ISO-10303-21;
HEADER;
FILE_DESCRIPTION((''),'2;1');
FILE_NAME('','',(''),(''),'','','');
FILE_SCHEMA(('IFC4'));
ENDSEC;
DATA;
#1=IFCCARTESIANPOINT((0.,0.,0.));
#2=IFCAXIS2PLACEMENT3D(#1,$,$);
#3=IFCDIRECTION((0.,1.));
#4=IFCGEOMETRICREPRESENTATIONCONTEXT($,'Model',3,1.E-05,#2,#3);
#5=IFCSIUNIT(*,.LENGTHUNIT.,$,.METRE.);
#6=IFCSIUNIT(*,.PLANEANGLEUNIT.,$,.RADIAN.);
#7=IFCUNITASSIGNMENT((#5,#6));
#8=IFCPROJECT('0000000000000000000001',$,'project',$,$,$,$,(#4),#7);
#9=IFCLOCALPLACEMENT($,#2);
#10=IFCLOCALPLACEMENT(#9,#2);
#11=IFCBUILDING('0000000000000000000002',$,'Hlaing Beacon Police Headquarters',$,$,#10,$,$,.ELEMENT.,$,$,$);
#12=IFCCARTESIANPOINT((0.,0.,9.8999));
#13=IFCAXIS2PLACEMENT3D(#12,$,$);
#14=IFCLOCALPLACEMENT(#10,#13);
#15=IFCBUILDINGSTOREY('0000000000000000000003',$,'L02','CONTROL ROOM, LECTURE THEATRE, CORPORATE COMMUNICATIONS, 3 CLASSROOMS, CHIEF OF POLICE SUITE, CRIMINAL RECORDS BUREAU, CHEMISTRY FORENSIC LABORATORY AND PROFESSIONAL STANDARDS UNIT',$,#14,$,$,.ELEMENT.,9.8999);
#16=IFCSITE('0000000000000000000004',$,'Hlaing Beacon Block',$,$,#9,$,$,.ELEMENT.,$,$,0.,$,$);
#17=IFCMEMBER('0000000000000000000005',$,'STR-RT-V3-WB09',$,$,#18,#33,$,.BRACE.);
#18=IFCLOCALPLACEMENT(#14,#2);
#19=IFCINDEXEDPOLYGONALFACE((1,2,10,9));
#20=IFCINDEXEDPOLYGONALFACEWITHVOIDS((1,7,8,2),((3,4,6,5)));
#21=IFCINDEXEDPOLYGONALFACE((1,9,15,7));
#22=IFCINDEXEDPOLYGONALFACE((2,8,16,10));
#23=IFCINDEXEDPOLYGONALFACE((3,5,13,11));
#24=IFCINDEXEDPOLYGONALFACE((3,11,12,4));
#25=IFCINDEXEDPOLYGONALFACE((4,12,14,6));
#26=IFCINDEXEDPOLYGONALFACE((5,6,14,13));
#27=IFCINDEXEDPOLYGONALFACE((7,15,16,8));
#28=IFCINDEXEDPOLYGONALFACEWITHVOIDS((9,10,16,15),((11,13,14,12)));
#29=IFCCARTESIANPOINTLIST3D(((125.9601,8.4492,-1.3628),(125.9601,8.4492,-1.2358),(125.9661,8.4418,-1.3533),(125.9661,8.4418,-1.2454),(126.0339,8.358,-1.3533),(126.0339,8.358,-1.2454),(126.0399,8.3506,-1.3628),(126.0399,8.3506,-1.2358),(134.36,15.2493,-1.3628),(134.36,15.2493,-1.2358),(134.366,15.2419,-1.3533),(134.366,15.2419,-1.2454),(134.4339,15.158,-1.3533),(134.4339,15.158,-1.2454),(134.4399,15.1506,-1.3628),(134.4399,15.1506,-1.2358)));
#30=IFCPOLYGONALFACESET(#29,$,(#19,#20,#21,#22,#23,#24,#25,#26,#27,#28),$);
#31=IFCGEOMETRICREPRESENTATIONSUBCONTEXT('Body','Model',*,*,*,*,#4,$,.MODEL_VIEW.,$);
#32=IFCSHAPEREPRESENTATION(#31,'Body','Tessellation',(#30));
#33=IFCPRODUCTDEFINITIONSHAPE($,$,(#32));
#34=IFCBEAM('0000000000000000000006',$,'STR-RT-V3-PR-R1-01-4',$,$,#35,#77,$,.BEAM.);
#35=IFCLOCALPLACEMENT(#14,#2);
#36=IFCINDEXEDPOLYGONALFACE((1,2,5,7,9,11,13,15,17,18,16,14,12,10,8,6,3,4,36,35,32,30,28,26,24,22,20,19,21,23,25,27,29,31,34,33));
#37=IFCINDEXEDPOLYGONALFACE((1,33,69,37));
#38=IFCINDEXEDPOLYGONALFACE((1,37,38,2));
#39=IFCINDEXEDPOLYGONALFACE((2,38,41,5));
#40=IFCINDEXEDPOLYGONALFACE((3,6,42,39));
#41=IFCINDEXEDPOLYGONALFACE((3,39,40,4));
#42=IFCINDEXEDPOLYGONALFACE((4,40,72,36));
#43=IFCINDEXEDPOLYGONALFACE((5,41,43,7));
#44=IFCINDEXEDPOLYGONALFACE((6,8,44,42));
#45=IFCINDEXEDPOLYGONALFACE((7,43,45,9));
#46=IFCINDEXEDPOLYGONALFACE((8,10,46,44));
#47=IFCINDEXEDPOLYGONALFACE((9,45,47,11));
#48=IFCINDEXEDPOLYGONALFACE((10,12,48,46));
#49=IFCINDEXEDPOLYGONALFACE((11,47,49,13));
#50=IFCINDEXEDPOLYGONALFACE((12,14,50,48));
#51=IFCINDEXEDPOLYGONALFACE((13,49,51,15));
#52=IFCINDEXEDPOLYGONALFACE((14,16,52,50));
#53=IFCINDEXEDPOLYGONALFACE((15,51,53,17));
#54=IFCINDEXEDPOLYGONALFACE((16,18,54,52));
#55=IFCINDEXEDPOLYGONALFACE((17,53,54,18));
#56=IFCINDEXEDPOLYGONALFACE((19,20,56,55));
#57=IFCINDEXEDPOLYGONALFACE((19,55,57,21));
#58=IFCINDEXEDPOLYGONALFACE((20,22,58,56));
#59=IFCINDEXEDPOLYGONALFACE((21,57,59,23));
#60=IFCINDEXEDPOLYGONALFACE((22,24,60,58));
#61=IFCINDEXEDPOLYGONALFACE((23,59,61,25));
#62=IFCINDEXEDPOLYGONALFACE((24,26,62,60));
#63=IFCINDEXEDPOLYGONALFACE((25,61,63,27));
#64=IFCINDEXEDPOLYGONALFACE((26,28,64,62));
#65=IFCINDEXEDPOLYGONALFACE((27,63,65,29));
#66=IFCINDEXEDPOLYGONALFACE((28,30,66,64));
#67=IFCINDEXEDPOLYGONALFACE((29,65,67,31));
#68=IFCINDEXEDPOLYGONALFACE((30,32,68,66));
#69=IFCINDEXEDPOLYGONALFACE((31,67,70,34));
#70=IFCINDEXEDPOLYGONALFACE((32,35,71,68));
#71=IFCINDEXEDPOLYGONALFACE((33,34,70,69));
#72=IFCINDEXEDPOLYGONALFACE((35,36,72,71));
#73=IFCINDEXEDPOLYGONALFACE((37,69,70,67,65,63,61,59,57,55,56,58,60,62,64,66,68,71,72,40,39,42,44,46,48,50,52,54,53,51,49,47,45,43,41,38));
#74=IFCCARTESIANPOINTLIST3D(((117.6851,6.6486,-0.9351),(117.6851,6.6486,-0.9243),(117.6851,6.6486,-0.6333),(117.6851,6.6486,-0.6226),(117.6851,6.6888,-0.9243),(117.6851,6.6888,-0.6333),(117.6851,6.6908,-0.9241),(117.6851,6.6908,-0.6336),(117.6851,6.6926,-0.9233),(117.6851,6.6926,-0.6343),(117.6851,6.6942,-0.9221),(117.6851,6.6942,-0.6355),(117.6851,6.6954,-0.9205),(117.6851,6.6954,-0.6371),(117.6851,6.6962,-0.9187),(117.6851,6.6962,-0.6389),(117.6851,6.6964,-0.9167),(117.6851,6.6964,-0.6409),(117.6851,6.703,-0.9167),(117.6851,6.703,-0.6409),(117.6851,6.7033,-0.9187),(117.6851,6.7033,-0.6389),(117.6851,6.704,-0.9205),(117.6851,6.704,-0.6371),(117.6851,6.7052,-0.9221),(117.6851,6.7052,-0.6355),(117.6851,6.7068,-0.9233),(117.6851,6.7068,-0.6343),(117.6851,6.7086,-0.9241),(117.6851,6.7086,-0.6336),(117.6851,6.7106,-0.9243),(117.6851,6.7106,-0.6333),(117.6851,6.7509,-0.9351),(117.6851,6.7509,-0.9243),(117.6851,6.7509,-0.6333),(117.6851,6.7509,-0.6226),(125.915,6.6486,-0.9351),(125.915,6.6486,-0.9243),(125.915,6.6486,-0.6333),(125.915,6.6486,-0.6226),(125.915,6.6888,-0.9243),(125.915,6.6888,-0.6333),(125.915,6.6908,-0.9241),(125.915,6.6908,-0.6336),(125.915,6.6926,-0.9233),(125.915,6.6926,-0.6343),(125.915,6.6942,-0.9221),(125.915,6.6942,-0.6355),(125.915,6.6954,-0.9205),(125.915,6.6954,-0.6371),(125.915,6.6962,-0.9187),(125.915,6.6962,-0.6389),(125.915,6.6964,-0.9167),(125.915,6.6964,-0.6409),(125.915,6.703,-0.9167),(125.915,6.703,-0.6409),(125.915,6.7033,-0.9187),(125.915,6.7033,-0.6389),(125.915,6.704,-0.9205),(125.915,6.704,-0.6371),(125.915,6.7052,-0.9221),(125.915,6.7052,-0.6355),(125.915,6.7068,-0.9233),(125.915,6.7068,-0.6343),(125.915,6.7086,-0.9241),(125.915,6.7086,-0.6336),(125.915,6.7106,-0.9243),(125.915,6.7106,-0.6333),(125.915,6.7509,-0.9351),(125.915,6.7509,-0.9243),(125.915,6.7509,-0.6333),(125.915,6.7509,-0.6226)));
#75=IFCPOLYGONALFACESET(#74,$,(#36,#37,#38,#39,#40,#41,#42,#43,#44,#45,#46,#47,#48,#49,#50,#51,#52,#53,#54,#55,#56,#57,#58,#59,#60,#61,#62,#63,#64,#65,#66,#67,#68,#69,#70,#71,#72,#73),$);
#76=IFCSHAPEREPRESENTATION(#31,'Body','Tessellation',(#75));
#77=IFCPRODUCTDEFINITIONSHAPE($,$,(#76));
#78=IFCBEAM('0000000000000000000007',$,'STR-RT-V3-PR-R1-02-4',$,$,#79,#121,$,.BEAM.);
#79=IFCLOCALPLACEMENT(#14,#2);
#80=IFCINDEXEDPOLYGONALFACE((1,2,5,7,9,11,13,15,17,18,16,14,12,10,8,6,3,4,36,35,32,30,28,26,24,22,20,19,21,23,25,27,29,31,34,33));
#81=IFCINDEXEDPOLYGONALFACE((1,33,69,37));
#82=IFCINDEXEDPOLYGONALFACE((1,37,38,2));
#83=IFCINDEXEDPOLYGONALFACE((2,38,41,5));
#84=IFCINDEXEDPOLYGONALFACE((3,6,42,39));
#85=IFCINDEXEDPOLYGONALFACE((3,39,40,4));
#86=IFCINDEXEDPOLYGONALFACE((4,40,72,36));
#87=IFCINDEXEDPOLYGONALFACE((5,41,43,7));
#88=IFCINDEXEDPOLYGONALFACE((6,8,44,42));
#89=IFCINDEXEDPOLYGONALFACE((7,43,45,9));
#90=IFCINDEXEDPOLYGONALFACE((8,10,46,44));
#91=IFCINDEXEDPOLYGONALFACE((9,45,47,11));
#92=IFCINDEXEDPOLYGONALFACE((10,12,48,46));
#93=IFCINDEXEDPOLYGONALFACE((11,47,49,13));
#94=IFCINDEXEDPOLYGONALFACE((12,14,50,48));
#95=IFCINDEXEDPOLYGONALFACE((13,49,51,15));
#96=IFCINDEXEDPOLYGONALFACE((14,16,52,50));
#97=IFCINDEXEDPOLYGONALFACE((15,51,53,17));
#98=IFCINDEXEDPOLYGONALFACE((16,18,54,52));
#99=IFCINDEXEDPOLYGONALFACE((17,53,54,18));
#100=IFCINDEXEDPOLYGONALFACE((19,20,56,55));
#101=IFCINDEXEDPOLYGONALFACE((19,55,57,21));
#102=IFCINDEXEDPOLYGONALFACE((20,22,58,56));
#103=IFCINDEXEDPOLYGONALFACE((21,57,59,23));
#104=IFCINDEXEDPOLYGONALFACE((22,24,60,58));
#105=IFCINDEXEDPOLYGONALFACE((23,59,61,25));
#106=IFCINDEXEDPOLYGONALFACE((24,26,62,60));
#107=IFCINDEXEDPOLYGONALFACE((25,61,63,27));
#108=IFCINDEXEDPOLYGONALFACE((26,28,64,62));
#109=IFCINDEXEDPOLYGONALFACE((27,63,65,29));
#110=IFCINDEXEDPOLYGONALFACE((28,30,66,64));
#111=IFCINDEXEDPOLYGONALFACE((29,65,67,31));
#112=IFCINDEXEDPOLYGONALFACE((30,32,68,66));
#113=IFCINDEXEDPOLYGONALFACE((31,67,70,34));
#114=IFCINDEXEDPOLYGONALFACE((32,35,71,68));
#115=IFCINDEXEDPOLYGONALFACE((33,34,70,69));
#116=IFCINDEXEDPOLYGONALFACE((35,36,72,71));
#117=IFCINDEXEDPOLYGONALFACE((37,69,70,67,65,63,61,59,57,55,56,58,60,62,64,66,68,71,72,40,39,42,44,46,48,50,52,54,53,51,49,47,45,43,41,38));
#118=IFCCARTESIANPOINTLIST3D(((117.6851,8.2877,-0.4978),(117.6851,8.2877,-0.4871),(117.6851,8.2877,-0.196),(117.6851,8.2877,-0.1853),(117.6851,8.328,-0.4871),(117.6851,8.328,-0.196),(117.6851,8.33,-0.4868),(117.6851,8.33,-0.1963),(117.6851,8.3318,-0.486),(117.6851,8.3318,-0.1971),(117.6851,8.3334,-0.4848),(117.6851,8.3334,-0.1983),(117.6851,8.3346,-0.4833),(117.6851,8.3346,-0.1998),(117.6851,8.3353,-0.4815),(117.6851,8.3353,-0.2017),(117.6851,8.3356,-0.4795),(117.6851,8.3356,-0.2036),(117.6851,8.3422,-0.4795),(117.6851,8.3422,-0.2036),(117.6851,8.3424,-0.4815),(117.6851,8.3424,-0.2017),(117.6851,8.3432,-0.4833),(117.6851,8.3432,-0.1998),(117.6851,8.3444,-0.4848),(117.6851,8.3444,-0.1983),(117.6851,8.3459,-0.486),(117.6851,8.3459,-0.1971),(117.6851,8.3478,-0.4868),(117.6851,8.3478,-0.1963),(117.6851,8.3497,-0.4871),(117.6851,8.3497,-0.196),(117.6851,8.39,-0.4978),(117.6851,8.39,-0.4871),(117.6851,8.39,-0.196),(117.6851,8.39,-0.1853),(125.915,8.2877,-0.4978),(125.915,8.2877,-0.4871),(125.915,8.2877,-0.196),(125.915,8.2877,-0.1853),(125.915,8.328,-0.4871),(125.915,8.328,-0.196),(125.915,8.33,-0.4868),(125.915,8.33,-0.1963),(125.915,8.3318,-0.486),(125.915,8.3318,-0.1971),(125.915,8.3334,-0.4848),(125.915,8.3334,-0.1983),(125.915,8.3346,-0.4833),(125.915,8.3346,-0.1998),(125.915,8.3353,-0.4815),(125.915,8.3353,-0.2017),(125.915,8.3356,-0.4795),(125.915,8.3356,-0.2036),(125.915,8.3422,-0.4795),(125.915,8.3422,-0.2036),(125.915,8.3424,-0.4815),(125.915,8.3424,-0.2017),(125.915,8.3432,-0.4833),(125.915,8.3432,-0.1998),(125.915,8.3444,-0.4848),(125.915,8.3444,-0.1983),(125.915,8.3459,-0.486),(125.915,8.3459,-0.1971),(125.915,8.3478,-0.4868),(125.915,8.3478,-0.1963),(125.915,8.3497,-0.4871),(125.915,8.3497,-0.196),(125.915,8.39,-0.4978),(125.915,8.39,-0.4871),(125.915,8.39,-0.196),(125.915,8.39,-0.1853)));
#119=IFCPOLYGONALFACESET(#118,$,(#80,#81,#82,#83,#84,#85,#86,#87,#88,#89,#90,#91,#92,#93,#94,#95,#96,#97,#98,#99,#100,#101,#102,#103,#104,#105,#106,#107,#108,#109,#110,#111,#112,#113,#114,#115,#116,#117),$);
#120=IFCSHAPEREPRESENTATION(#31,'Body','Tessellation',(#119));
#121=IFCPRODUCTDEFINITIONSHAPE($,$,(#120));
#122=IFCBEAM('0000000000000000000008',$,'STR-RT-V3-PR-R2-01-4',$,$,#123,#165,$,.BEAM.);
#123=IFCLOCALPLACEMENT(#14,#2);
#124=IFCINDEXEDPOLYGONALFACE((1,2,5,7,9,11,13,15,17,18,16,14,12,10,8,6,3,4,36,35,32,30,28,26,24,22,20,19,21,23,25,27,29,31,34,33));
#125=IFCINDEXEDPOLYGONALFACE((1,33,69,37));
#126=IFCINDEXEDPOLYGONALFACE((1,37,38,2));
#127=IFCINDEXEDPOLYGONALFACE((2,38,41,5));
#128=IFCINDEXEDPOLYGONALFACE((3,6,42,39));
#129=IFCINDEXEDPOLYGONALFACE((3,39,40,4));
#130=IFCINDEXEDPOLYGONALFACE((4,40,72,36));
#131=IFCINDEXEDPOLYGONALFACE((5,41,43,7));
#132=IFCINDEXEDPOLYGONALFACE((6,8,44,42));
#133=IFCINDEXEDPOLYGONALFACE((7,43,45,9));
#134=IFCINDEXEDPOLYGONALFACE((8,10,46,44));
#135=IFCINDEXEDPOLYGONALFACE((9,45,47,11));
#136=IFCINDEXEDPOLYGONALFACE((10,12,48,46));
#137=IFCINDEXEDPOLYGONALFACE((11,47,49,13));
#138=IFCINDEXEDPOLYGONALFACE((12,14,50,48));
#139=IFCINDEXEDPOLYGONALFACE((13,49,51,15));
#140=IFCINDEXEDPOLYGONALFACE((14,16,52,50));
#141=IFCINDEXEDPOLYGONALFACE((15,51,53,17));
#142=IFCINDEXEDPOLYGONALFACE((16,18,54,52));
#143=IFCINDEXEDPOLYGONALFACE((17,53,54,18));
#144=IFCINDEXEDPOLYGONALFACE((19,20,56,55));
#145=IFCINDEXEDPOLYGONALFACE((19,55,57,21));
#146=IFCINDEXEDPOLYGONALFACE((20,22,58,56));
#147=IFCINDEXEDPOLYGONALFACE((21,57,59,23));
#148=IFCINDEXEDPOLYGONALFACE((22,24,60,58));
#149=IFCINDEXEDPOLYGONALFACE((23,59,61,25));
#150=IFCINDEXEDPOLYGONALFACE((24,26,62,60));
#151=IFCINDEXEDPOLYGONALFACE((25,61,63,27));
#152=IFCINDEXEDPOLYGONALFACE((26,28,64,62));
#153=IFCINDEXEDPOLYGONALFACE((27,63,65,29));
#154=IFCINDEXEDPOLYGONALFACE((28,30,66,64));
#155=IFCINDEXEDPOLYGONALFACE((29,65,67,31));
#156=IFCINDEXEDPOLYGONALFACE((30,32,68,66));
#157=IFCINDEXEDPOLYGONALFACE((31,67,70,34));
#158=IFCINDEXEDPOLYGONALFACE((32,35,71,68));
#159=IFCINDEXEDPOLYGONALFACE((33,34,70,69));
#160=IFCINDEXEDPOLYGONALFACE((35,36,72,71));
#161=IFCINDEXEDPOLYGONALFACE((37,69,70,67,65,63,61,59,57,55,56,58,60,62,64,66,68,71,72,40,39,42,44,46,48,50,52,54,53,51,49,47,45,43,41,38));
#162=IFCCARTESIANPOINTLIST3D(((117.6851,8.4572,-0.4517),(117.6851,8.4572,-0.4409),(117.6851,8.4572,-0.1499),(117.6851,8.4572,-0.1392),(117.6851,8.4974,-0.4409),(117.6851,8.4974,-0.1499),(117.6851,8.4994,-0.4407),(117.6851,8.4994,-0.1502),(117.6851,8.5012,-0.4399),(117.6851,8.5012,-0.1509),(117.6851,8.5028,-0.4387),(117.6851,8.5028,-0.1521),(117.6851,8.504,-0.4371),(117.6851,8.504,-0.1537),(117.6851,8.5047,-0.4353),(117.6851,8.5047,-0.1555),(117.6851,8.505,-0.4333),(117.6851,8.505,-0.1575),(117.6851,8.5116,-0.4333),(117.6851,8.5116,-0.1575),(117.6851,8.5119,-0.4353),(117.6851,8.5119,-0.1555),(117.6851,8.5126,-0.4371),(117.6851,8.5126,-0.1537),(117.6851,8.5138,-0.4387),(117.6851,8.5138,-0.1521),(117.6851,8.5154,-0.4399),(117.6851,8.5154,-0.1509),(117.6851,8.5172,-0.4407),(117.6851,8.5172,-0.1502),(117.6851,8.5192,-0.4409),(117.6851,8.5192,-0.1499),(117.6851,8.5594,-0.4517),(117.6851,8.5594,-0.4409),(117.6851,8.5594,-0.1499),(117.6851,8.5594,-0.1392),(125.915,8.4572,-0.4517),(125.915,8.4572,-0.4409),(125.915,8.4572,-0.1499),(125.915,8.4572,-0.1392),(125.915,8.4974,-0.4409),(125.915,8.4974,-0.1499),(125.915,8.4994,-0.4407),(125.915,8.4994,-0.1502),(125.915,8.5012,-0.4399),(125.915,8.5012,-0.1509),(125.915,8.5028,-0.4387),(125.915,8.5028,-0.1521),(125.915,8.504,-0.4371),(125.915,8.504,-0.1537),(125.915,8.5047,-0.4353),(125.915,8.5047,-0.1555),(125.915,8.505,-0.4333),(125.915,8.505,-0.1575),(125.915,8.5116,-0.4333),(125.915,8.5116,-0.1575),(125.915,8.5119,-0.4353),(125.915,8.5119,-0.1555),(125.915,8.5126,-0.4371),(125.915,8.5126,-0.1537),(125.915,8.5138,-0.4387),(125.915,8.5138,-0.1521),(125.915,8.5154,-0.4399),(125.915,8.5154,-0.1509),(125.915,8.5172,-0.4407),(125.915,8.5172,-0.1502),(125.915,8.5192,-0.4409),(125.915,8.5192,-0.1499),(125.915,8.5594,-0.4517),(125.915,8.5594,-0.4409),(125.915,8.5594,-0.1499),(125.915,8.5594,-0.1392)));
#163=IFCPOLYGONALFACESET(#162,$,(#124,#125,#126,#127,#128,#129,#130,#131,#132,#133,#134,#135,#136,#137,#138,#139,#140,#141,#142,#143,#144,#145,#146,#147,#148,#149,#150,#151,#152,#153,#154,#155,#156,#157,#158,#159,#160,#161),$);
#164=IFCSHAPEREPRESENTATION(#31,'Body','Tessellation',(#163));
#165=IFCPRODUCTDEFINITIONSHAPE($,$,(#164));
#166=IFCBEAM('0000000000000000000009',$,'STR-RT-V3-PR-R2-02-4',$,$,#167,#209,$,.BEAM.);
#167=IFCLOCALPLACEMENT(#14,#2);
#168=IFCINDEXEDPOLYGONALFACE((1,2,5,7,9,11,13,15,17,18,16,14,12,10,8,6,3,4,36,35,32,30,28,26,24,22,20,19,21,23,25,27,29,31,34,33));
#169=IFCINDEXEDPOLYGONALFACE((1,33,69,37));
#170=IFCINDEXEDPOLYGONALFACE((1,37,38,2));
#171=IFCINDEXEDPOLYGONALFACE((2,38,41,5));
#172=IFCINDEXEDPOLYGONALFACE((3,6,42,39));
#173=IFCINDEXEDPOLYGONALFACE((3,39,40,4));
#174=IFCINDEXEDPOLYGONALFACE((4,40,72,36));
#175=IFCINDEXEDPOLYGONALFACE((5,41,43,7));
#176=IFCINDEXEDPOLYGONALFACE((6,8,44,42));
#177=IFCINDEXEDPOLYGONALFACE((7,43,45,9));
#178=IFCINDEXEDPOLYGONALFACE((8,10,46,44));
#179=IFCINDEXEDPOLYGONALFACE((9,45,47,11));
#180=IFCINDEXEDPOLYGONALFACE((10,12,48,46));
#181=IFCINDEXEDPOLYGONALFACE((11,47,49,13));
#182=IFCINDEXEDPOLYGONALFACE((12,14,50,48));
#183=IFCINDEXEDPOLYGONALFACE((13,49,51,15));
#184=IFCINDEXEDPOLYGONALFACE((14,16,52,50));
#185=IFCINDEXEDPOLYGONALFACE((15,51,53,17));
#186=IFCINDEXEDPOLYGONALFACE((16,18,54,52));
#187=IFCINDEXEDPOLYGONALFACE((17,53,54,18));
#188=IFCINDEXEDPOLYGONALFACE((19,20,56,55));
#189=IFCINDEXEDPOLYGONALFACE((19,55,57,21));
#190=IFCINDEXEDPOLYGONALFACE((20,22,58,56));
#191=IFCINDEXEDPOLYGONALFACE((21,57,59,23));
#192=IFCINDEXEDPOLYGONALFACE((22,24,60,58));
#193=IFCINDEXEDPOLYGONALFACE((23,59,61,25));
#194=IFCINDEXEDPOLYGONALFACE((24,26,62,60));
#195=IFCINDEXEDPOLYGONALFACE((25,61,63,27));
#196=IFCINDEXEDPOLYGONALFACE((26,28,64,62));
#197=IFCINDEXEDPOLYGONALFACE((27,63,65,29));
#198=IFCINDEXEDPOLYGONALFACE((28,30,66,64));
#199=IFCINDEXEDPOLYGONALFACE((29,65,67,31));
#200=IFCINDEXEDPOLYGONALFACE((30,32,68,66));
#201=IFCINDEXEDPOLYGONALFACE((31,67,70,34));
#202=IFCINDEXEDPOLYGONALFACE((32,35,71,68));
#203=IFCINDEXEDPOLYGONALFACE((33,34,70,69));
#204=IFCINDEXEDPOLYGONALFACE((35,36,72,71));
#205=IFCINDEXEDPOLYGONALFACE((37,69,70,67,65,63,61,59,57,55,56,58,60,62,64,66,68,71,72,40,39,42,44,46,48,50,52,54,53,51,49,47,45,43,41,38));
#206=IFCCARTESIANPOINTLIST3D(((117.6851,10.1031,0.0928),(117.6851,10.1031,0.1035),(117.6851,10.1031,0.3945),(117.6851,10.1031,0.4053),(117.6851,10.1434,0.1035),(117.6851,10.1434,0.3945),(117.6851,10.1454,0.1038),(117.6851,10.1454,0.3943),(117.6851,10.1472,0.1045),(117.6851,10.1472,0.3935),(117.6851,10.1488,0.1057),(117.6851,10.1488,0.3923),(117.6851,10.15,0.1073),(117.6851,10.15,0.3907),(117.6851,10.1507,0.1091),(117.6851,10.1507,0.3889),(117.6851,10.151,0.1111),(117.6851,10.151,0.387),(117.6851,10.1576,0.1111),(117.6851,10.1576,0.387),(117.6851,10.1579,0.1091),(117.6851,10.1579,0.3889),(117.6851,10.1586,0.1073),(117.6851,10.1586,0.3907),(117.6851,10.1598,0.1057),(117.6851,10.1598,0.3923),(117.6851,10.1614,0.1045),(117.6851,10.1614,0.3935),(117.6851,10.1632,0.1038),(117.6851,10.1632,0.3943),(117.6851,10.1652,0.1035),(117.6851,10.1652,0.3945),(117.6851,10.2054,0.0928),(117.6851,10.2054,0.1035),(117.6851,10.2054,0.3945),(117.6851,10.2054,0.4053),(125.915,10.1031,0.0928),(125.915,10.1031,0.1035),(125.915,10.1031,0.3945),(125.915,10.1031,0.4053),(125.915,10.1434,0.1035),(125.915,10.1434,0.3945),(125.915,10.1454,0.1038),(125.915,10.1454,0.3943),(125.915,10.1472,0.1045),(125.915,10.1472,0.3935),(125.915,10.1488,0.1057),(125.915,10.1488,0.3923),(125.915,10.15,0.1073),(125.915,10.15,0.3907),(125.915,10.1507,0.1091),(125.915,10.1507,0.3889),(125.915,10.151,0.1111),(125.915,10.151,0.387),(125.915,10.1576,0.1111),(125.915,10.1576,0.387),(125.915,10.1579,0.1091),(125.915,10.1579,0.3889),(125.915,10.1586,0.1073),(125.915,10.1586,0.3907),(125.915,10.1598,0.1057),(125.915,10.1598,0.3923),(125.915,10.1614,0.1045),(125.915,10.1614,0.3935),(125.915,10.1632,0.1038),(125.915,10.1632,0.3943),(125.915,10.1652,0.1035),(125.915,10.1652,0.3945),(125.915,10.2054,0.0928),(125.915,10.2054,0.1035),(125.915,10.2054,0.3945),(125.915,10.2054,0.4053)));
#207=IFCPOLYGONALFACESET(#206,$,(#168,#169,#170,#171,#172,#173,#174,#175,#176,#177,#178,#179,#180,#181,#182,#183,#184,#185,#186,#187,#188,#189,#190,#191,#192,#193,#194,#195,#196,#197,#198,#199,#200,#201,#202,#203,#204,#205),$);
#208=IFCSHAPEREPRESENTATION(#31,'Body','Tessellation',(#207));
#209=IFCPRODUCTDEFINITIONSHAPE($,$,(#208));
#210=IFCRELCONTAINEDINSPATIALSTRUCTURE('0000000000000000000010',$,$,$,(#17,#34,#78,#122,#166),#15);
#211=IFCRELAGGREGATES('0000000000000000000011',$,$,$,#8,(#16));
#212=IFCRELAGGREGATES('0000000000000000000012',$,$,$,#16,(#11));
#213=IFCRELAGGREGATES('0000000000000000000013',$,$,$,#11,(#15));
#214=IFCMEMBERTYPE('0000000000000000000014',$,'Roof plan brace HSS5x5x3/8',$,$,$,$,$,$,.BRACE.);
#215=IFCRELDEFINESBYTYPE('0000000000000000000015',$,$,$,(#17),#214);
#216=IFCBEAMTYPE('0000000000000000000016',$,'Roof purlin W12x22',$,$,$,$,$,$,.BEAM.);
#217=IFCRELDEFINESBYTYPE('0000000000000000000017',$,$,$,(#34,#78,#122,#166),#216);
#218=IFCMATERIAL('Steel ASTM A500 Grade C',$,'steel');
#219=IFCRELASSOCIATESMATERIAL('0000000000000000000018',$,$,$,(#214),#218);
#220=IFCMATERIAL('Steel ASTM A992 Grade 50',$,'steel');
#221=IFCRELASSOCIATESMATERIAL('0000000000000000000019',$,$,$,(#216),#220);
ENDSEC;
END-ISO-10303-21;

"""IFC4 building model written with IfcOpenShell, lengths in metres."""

from ifc_helpers import new_model, si_unit, direction, frame, origin, origin_2d, place, context, subcontext, project, spatial, hollow_rectangle, i_section, extrude, material, material_profile, profile_set, type_object, element, save


model = new_model("IFC4")

# Units and contexts
model_context = context("Model", 3, precision=1e-05, world=origin(), true_north=direction((0.0, 1.0)))
body_context = subcontext(model_context, "Body", "Model", "MODEL_VIEW")
ifc_project = project(units=[si_unit("LENGTHUNIT", "METRE"), si_unit("PLANEANGLEUNIT", "RADIAN")], contexts=[model_context])

# Site, building, storey
site_placement = place(None, origin())
site = spatial("IfcSite", under=ifc_project, at=site_placement, Name="Hlaing Beacon Block", CompositionType="ELEMENT", RefElevation=0.0)
building_placement = place(site_placement, origin())
building = spatial("IfcBuilding", under=site, at=building_placement, Name="Hlaing Beacon Police Headquarters", CompositionType="ELEMENT")
storey_placement = place(building_placement, frame((0.0, 0.0, 9.8999)))
storey = spatial("IfcBuildingStorey", under=building, at=storey_placement, Name="L02", Description="CONTROL ROOM, LECTURE THEATRE, CORPORATE COMMUNICATIONS, 3 CLASSROOMS, CHIEF OF POLICE SUITE, CRIMINAL RECORDS BUREAU, CHEMISTRY FORENSIC LABORATORY AND PROFESSIONAL STANDARDS UNIT", CompositionType="ELEMENT", Elevation=9.8999)

# Member
ifc_material_1 = material(Name="Steel ASTM A500 Grade C", Category="steel")
ifc_material_profile_1 = material_profile(ifc_material_1, hollow_rectangle(XDim=0.127, YDim=0.127, WallThickness=0.0095, at=origin_2d()), Name="HSS5x5x3/8")
ifc_profile_set_1 = profile_set([ifc_material_profile_1], Name="Steel ASTM A500 Grade C")
member_type_1 = type_object("IfcMemberType", Name="Roof plan brace HSS5x5x3/8", PredefinedType="BRACE", material=ifc_profile_set_1)
member_1_placement = place(storey_placement, frame((126.0, 8.3999, -1.2993), z_axis=(0.777239, 0.629205, 0.0), x_axis=(-0.629205, 0.777239, 0.0)))
element("IfcMember", 1, at=member_1_placement, inside=storey, type_object=member_type_1, Name="STR-RT-V3-WB09", PredefinedType="BRACE", context=body_context, shape_type="SweptSolid", body=[
    extrude(hollow_rectangle(XDim=0.127, YDim=0.127, WallThickness=0.0095, at=origin_2d()), origin(), (0.0, 0.0, 1.0), 10.8074),
])

# Beams
ifc_material_2 = material(Name="Steel ASTM A992 Grade 50", Category="steel")
ifc_material_profile_2 = material_profile(ifc_material_2, i_section(OverallWidth=0.1023, OverallDepth=0.3125, WebThickness=0.0066, FlangeThickness=0.0107, FilletRadius=0.0076, at=origin_2d()), Name="W12x22")
ifc_profile_set_2 = profile_set([ifc_material_profile_2], Name="Steel ASTM A992 Grade 50")
beam_type_1 = type_object("IfcBeamType", Name="Roof purlin W12x22", PredefinedType="BEAM", material=ifc_profile_set_2)
for number, where, z_axis, x_axis, name in (
    (2, (117.6851, 6.6997, -0.7788), (1.0, 0.0, 0.0), (0.0, 1.0, 0.0), "STR-RT-V3-PR-R1-01-4"),
    (3, (117.6851, 8.3389, -0.3416), (1.0, 0.0, 0.0), (0.0, 1.0, 0.0), "STR-RT-V3-PR-R1-02-4"),
    (4, (117.6851, 8.5083, -0.2954), (1.0, 0.0, 0.0), (0.0, 1.0, 0.0), "STR-RT-V3-PR-R2-01-4"),
    (5, (117.6851, 10.1543, 0.249), (1.0, 0.0, 0.0), (0.0, 1.0, 0.0), "STR-RT-V3-PR-R2-02-4"),
):
    element("IfcBeam", number, at=place(storey_placement, frame(where, z_axis=z_axis, x_axis=x_axis)), inside=storey, type_object=beam_type_1, Name=name, PredefinedType="BEAM", context=body_context, shape_type="SweptSolid", body=[
        extrude(i_section(OverallWidth=0.1023, OverallDepth=0.3125, WebThickness=0.0066, FlangeThickness=0.0107, FilletRadius=0.0076, at=origin_2d()), origin(), (0.0, 0.0, 1.0), 8.23),
    ])

save(model, "model.ifc")
